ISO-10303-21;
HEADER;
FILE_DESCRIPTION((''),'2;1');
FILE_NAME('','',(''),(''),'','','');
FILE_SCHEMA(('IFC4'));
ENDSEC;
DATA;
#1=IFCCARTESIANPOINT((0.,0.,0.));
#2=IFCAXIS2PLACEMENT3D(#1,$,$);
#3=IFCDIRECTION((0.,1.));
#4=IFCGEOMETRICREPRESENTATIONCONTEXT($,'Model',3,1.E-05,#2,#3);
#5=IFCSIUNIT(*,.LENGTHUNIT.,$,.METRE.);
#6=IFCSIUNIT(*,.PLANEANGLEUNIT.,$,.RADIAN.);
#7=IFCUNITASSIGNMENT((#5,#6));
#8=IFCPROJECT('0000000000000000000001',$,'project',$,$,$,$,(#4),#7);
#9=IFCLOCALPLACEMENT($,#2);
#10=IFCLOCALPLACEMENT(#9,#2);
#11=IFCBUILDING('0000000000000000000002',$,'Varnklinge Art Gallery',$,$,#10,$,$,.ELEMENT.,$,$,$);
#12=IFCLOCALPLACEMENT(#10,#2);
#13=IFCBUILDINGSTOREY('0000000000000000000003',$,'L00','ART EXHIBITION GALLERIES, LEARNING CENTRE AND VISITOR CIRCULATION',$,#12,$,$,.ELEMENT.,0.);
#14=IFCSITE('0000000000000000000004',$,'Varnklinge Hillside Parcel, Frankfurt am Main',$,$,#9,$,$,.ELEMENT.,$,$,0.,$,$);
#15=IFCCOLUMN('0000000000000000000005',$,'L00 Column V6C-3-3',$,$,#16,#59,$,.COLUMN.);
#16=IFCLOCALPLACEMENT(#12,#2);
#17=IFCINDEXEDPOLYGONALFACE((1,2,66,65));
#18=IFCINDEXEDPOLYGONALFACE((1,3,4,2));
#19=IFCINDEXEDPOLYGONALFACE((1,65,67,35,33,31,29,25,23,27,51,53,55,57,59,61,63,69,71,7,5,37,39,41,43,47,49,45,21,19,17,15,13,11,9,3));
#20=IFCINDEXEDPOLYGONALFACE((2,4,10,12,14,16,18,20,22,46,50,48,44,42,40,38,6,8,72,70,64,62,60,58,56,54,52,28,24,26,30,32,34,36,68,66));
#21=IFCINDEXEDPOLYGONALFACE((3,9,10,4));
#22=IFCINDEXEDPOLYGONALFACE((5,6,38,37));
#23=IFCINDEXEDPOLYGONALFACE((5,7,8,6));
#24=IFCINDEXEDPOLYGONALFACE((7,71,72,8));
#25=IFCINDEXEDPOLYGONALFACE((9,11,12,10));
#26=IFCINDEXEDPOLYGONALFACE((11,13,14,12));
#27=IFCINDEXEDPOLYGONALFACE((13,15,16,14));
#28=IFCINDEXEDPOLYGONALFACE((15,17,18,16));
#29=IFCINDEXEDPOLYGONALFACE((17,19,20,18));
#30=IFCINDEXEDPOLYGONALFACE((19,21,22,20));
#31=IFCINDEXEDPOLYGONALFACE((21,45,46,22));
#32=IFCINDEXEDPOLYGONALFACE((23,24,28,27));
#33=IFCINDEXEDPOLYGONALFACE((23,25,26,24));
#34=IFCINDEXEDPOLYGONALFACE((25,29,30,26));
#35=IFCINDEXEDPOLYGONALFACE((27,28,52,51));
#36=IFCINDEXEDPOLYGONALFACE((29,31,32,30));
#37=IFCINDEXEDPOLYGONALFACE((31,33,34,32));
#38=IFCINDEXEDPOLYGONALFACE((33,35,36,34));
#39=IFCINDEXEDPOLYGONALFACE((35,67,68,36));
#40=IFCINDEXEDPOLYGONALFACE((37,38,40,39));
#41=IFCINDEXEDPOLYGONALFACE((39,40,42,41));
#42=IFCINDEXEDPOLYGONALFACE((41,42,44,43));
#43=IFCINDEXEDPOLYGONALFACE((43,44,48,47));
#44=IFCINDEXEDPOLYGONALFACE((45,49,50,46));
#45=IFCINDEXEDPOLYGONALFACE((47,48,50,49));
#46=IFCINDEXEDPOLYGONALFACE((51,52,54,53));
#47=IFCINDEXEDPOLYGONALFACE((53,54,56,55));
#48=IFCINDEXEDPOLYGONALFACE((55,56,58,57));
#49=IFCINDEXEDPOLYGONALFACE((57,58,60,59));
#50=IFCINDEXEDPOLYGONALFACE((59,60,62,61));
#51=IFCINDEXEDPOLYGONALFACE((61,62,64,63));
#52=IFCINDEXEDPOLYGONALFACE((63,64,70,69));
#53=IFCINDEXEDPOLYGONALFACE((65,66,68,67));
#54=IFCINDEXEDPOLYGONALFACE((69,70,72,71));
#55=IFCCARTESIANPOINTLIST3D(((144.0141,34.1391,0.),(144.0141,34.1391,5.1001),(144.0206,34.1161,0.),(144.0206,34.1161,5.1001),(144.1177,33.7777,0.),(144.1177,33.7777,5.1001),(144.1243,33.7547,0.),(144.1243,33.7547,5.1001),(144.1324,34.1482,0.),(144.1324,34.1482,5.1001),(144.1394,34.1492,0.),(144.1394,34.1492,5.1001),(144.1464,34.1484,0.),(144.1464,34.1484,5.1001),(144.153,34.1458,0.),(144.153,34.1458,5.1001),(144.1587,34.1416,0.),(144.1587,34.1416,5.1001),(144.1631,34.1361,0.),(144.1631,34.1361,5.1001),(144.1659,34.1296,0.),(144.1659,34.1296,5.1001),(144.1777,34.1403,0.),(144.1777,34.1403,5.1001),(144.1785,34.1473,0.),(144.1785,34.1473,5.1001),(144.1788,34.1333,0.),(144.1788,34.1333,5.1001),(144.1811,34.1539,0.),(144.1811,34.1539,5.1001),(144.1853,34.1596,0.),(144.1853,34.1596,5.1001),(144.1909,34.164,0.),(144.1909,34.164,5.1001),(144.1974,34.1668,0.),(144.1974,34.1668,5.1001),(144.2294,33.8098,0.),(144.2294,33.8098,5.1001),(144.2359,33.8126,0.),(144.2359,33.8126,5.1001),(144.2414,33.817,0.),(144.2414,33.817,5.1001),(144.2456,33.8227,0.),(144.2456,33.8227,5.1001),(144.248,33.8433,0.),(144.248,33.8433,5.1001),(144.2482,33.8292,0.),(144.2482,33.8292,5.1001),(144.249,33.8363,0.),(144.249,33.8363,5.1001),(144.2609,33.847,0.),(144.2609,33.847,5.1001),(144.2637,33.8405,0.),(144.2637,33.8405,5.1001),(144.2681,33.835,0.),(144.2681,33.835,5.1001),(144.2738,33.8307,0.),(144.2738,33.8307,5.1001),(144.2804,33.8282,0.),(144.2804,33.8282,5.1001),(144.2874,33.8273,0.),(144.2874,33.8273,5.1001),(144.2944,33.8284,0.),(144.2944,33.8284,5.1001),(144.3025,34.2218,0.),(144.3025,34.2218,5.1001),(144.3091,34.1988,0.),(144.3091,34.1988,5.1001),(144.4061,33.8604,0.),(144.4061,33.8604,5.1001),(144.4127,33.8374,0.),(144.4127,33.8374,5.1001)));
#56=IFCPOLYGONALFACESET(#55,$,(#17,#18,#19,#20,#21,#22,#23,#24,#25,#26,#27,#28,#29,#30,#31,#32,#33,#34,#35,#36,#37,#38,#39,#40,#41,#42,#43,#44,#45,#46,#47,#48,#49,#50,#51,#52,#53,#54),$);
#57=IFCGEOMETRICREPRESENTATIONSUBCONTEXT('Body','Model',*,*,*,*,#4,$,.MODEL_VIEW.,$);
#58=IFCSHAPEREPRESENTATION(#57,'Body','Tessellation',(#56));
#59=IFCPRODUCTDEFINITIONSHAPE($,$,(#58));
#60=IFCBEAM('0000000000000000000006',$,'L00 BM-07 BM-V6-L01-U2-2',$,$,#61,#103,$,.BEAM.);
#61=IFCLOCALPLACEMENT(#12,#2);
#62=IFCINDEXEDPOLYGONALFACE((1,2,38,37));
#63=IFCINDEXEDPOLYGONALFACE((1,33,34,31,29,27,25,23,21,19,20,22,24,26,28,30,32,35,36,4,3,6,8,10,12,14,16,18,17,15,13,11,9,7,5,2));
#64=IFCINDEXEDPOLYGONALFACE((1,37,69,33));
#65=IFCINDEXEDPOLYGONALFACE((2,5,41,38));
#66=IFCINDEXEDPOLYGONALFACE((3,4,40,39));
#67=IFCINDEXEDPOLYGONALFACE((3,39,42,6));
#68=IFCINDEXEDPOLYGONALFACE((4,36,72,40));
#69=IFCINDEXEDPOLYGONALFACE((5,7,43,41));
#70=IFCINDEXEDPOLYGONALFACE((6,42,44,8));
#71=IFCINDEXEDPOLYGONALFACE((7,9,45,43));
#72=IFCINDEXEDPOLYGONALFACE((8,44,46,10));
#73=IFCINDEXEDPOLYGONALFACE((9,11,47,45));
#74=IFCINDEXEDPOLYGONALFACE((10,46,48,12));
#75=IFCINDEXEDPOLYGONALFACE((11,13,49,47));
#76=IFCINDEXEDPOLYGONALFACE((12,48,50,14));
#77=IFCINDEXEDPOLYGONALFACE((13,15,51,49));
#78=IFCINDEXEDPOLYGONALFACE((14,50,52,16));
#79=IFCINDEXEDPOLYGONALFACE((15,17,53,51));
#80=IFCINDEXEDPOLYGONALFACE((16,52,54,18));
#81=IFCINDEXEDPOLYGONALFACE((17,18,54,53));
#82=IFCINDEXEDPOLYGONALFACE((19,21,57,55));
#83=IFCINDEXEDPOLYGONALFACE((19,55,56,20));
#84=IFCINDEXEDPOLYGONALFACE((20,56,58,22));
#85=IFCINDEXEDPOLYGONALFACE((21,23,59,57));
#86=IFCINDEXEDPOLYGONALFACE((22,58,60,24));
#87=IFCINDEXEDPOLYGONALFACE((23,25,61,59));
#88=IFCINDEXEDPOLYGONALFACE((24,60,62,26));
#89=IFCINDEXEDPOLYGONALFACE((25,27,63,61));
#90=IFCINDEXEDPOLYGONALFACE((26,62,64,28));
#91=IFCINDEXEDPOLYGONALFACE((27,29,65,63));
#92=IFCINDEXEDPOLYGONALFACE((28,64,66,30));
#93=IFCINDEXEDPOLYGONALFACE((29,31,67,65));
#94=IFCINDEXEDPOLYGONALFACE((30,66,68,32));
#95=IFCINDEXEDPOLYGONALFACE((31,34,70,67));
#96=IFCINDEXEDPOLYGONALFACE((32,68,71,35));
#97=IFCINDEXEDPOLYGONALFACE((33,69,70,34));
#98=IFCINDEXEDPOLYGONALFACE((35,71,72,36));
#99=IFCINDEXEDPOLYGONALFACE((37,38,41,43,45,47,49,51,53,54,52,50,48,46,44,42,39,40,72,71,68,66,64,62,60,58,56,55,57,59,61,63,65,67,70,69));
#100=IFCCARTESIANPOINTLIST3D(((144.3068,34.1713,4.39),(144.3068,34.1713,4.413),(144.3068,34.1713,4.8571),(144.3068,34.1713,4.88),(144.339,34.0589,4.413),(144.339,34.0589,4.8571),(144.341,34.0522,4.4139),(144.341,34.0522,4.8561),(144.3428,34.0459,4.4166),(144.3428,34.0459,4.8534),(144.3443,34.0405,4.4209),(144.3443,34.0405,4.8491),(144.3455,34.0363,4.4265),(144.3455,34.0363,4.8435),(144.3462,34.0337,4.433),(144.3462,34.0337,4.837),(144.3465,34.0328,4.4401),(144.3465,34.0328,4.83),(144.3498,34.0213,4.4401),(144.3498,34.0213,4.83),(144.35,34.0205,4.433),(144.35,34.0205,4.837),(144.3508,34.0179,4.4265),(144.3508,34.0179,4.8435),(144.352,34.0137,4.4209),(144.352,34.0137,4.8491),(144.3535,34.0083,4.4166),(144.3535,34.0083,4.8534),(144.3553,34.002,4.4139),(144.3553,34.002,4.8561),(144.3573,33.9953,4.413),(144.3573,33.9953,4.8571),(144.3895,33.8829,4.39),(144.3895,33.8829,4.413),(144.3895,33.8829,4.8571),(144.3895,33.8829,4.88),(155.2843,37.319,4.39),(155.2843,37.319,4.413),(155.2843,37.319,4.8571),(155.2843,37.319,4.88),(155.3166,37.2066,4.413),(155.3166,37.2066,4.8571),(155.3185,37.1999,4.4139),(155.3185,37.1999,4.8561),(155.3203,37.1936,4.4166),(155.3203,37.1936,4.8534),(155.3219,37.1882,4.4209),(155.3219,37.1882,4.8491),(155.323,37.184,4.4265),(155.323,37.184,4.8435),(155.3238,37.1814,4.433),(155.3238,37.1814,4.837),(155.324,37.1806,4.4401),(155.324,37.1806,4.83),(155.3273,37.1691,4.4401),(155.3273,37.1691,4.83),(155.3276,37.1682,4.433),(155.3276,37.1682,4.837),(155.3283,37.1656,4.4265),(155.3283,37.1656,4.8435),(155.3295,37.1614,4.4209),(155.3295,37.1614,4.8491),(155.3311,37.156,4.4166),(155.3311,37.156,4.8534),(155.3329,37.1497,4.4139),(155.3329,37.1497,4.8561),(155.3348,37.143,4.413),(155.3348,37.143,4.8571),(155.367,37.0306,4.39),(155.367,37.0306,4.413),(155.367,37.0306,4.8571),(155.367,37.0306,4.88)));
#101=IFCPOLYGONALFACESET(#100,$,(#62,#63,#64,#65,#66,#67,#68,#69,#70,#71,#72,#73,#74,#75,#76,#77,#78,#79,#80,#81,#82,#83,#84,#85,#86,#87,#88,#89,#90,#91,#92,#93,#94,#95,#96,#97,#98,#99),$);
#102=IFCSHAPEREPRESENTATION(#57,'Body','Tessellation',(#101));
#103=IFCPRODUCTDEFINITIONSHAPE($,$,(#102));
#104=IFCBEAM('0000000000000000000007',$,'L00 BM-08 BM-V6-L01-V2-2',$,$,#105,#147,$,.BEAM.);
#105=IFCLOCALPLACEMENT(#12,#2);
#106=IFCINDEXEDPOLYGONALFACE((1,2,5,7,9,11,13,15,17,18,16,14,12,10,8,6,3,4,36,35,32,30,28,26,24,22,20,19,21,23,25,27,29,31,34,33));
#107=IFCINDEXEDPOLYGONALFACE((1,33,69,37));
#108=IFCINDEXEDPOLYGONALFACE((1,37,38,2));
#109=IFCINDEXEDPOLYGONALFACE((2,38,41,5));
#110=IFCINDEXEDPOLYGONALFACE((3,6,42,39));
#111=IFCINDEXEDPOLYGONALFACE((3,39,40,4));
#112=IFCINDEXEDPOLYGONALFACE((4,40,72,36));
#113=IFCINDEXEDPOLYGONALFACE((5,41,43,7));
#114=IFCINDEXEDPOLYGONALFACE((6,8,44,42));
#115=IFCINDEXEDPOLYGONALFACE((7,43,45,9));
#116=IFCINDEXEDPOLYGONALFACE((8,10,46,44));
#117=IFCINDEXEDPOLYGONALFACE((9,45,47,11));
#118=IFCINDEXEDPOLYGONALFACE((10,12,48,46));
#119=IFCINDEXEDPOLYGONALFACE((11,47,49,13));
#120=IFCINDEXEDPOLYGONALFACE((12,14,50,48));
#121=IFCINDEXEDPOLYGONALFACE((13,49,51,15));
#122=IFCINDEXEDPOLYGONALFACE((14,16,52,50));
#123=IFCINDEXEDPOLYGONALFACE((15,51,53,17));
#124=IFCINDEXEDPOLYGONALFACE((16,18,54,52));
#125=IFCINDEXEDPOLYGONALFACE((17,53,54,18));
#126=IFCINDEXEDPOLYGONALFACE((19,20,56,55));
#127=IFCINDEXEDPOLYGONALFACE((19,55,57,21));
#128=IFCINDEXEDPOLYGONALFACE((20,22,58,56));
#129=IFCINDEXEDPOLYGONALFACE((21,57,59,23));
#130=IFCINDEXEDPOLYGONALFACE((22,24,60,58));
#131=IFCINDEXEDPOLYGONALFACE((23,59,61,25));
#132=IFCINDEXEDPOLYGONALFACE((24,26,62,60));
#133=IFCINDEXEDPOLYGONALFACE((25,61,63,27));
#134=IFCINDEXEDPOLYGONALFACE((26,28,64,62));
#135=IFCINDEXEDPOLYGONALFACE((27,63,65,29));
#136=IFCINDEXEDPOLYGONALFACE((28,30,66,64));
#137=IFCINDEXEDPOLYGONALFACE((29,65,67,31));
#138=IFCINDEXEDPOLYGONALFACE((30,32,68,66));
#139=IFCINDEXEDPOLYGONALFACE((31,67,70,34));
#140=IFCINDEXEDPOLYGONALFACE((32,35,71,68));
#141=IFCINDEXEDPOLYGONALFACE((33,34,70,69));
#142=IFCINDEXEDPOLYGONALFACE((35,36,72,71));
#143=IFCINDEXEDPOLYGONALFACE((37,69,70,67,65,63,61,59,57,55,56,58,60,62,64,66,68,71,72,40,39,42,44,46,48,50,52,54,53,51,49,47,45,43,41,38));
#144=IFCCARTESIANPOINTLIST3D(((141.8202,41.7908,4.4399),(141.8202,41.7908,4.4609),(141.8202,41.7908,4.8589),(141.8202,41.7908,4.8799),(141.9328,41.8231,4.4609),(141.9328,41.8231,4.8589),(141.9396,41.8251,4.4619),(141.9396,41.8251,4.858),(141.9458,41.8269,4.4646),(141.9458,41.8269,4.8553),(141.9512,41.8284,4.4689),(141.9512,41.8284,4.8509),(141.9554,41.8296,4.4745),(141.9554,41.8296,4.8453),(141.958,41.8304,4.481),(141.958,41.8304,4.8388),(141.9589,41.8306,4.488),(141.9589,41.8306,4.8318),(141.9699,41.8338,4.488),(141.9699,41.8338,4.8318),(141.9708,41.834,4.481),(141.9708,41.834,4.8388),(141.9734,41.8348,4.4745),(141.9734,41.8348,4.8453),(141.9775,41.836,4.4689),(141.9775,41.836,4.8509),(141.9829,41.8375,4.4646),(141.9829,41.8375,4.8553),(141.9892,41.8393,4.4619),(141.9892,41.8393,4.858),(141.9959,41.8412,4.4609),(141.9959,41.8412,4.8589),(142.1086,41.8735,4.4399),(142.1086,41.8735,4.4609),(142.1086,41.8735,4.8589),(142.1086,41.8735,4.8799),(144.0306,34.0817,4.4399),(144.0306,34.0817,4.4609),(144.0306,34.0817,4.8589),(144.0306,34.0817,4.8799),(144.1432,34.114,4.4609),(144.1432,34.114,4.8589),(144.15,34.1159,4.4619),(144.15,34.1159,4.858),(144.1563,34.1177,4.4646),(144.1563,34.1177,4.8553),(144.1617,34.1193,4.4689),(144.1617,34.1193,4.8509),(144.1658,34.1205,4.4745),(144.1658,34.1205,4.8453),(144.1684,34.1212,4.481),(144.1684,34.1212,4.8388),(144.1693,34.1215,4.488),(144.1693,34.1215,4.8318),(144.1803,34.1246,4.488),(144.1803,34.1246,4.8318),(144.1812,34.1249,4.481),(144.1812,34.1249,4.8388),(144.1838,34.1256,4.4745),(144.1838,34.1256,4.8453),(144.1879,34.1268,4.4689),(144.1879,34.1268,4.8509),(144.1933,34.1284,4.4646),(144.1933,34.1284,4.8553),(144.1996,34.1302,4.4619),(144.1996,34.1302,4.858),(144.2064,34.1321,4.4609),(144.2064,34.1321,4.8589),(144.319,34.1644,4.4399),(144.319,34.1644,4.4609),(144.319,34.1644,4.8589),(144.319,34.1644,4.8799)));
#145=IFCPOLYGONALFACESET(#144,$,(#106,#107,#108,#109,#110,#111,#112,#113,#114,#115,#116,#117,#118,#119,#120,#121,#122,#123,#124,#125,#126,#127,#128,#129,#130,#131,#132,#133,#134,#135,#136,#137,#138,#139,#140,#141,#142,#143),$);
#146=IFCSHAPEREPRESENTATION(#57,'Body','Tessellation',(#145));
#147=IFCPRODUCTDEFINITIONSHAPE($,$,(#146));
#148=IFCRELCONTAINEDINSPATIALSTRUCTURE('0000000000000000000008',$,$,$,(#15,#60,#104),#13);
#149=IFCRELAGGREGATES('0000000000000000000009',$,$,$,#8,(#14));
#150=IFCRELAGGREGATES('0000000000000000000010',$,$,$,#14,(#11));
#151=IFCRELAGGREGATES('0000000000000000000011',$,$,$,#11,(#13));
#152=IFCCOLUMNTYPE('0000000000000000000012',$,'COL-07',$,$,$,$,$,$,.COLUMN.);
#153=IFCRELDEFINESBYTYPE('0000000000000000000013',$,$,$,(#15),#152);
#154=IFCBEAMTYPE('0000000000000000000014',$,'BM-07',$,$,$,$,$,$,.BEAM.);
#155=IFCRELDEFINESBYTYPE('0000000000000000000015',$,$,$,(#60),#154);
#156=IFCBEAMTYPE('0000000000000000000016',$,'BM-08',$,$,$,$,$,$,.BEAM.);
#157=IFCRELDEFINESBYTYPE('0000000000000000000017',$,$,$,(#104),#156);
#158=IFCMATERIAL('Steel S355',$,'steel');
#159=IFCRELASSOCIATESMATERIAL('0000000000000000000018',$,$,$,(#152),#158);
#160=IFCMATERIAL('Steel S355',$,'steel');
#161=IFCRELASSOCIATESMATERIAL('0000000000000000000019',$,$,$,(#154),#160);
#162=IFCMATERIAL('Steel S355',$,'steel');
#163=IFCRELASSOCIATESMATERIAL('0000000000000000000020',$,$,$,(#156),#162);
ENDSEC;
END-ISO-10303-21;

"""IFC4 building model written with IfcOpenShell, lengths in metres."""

from ifc_helpers import new_model, si_unit, direction, frame, origin, origin_2d, place, context, subcontext, project, spatial, i_section, extrude, material, material_profile, profile_set, type_object, element, save


model = new_model("IFC4")

# Units and contexts
model_context = context("Model", 3, precision=1e-05, world=origin(), true_north=direction((0.0, 1.0)))
body_context = subcontext(model_context, "Body", "Model", "MODEL_VIEW")
ifc_project = project(units=[si_unit("LENGTHUNIT", "METRE"), si_unit("PLANEANGLEUNIT", "RADIAN")], contexts=[model_context])

# Site, building, storey
site_placement = place(None, origin())
site = spatial("IfcSite", under=ifc_project, at=site_placement, Name="Varnklinge Hillside Parcel, Frankfurt am Main", CompositionType="ELEMENT", RefElevation=0.0)
building_placement = place(site_placement, origin())
building = spatial("IfcBuilding", under=site, at=building_placement, Name="Varnklinge Art Gallery", CompositionType="ELEMENT")
storey_placement = place(building_placement, origin())
storey = spatial("IfcBuildingStorey", under=building, at=storey_placement, Name="L00", Description="ART EXHIBITION GALLERIES, LEARNING CENTRE AND VISITOR CIRCULATION", CompositionType="ELEMENT", Elevation=0.0)

# Column
ifc_material_1 = material(Name="Steel S355", Category="steel")
ifc_material_profile_1 = material_profile(ifc_material_1, i_section(OverallWidth=0.3, OverallDepth=0.3999, WebThickness=0.0134, FlangeThickness=0.0239, FilletRadius=0.0271, at=origin_2d()), Name="HEB 400")
ifc_profile_set_1 = profile_set([ifc_material_profile_1], Name="Steel S355")
column_type = type_object("IfcColumnType", Name="COL-07", PredefinedType="COLUMN", material=ifc_profile_set_1)
column_placement = place(storey_placement, frame((144.2134, 33.9883, 0.0), z_axis=(0.0, 0.0, 1.0), x_axis=(0.961262, 0.275637, 0.0)))
element("IfcColumn", 1, at=column_placement, inside=storey, type_object=column_type, Name="L00 Column V6C-3-3", PredefinedType="COLUMN", context=body_context, shape_type="SweptSolid", body=[
    extrude(i_section(OverallWidth=0.3, OverallDepth=0.3999, WebThickness=0.0134, FlangeThickness=0.0239, FilletRadius=0.0271, at=origin_2d()), origin(), (0.0, 0.0, 1.0), 5.1001),
])

# Beams
ifc_material_2 = material(Name="Steel S355", Category="steel")
ifc_material_profile_2 = material_profile(ifc_material_2, i_section(OverallWidth=0.3, OverallDepth=0.49, WebThickness=0.012, FlangeThickness=0.0229, FilletRadius=0.0271, at=origin_2d()), Name="HEA 500")
ifc_profile_set_2 = profile_set([ifc_material_profile_2], Name="Steel S355")
beam_type_1 = type_object("IfcBeamType", Name="BM-07", PredefinedType="BEAM", material=ifc_profile_set_2)
beam_1_placement = place(storey_placement, frame((144.3481, 34.0271, 4.635), z_axis=(0.961263, 0.275633, 0.0), x_axis=(-0.275633, 0.961263, 0.0)))
element("IfcBeam", 2, at=beam_1_placement, inside=storey, type_object=beam_type_1, Name="L00 BM-07 BM-V6-L01-U2-2", PredefinedType="BEAM", context=body_context, shape_type="SweptSolid", body=[
    extrude(i_section(OverallWidth=0.3, OverallDepth=0.49, WebThickness=0.012, FlangeThickness=0.0229, FilletRadius=0.0271, at=origin_2d()), origin(), (0.0, 0.0, 1.0), 11.4199),
])
ifc_material_3 = material(Name="Steel S355", Category="steel")
ifc_material_profile_3 = material_profile(ifc_material_3, i_section(OverallWidth=0.3, OverallDepth=0.4399, WebThickness=0.0115, FlangeThickness=0.021, FilletRadius=0.0271, at=origin_2d()), Name="HEA 450")
ifc_profile_set_3 = profile_set([ifc_material_profile_3], Name="Steel S355")
beam_type_2 = type_object("IfcBeamType", Name="BM-08", PredefinedType="BEAM", material=ifc_profile_set_3)
beam_2_placement = place(storey_placement, frame((144.1748, 34.123, 4.6599), z_axis=(-0.275622, 0.961266, 0.0), x_axis=(-0.961266, -0.275622, 0.0)))
element("IfcBeam", 3, at=beam_2_placement, inside=storey, type_object=beam_type_2, Name="L00 BM-08 BM-V6-L01-V2-2", PredefinedType="BEAM", context=body_context, shape_type="SweptSolid", body=[
    extrude(i_section(OverallWidth=0.3, OverallDepth=0.4399, WebThickness=0.0115, FlangeThickness=0.021, FilletRadius=0.0271, at=origin_2d()), origin(), (0.0, 0.0, 1.0), 8.0198),
])

save(model, "model.ifc")
